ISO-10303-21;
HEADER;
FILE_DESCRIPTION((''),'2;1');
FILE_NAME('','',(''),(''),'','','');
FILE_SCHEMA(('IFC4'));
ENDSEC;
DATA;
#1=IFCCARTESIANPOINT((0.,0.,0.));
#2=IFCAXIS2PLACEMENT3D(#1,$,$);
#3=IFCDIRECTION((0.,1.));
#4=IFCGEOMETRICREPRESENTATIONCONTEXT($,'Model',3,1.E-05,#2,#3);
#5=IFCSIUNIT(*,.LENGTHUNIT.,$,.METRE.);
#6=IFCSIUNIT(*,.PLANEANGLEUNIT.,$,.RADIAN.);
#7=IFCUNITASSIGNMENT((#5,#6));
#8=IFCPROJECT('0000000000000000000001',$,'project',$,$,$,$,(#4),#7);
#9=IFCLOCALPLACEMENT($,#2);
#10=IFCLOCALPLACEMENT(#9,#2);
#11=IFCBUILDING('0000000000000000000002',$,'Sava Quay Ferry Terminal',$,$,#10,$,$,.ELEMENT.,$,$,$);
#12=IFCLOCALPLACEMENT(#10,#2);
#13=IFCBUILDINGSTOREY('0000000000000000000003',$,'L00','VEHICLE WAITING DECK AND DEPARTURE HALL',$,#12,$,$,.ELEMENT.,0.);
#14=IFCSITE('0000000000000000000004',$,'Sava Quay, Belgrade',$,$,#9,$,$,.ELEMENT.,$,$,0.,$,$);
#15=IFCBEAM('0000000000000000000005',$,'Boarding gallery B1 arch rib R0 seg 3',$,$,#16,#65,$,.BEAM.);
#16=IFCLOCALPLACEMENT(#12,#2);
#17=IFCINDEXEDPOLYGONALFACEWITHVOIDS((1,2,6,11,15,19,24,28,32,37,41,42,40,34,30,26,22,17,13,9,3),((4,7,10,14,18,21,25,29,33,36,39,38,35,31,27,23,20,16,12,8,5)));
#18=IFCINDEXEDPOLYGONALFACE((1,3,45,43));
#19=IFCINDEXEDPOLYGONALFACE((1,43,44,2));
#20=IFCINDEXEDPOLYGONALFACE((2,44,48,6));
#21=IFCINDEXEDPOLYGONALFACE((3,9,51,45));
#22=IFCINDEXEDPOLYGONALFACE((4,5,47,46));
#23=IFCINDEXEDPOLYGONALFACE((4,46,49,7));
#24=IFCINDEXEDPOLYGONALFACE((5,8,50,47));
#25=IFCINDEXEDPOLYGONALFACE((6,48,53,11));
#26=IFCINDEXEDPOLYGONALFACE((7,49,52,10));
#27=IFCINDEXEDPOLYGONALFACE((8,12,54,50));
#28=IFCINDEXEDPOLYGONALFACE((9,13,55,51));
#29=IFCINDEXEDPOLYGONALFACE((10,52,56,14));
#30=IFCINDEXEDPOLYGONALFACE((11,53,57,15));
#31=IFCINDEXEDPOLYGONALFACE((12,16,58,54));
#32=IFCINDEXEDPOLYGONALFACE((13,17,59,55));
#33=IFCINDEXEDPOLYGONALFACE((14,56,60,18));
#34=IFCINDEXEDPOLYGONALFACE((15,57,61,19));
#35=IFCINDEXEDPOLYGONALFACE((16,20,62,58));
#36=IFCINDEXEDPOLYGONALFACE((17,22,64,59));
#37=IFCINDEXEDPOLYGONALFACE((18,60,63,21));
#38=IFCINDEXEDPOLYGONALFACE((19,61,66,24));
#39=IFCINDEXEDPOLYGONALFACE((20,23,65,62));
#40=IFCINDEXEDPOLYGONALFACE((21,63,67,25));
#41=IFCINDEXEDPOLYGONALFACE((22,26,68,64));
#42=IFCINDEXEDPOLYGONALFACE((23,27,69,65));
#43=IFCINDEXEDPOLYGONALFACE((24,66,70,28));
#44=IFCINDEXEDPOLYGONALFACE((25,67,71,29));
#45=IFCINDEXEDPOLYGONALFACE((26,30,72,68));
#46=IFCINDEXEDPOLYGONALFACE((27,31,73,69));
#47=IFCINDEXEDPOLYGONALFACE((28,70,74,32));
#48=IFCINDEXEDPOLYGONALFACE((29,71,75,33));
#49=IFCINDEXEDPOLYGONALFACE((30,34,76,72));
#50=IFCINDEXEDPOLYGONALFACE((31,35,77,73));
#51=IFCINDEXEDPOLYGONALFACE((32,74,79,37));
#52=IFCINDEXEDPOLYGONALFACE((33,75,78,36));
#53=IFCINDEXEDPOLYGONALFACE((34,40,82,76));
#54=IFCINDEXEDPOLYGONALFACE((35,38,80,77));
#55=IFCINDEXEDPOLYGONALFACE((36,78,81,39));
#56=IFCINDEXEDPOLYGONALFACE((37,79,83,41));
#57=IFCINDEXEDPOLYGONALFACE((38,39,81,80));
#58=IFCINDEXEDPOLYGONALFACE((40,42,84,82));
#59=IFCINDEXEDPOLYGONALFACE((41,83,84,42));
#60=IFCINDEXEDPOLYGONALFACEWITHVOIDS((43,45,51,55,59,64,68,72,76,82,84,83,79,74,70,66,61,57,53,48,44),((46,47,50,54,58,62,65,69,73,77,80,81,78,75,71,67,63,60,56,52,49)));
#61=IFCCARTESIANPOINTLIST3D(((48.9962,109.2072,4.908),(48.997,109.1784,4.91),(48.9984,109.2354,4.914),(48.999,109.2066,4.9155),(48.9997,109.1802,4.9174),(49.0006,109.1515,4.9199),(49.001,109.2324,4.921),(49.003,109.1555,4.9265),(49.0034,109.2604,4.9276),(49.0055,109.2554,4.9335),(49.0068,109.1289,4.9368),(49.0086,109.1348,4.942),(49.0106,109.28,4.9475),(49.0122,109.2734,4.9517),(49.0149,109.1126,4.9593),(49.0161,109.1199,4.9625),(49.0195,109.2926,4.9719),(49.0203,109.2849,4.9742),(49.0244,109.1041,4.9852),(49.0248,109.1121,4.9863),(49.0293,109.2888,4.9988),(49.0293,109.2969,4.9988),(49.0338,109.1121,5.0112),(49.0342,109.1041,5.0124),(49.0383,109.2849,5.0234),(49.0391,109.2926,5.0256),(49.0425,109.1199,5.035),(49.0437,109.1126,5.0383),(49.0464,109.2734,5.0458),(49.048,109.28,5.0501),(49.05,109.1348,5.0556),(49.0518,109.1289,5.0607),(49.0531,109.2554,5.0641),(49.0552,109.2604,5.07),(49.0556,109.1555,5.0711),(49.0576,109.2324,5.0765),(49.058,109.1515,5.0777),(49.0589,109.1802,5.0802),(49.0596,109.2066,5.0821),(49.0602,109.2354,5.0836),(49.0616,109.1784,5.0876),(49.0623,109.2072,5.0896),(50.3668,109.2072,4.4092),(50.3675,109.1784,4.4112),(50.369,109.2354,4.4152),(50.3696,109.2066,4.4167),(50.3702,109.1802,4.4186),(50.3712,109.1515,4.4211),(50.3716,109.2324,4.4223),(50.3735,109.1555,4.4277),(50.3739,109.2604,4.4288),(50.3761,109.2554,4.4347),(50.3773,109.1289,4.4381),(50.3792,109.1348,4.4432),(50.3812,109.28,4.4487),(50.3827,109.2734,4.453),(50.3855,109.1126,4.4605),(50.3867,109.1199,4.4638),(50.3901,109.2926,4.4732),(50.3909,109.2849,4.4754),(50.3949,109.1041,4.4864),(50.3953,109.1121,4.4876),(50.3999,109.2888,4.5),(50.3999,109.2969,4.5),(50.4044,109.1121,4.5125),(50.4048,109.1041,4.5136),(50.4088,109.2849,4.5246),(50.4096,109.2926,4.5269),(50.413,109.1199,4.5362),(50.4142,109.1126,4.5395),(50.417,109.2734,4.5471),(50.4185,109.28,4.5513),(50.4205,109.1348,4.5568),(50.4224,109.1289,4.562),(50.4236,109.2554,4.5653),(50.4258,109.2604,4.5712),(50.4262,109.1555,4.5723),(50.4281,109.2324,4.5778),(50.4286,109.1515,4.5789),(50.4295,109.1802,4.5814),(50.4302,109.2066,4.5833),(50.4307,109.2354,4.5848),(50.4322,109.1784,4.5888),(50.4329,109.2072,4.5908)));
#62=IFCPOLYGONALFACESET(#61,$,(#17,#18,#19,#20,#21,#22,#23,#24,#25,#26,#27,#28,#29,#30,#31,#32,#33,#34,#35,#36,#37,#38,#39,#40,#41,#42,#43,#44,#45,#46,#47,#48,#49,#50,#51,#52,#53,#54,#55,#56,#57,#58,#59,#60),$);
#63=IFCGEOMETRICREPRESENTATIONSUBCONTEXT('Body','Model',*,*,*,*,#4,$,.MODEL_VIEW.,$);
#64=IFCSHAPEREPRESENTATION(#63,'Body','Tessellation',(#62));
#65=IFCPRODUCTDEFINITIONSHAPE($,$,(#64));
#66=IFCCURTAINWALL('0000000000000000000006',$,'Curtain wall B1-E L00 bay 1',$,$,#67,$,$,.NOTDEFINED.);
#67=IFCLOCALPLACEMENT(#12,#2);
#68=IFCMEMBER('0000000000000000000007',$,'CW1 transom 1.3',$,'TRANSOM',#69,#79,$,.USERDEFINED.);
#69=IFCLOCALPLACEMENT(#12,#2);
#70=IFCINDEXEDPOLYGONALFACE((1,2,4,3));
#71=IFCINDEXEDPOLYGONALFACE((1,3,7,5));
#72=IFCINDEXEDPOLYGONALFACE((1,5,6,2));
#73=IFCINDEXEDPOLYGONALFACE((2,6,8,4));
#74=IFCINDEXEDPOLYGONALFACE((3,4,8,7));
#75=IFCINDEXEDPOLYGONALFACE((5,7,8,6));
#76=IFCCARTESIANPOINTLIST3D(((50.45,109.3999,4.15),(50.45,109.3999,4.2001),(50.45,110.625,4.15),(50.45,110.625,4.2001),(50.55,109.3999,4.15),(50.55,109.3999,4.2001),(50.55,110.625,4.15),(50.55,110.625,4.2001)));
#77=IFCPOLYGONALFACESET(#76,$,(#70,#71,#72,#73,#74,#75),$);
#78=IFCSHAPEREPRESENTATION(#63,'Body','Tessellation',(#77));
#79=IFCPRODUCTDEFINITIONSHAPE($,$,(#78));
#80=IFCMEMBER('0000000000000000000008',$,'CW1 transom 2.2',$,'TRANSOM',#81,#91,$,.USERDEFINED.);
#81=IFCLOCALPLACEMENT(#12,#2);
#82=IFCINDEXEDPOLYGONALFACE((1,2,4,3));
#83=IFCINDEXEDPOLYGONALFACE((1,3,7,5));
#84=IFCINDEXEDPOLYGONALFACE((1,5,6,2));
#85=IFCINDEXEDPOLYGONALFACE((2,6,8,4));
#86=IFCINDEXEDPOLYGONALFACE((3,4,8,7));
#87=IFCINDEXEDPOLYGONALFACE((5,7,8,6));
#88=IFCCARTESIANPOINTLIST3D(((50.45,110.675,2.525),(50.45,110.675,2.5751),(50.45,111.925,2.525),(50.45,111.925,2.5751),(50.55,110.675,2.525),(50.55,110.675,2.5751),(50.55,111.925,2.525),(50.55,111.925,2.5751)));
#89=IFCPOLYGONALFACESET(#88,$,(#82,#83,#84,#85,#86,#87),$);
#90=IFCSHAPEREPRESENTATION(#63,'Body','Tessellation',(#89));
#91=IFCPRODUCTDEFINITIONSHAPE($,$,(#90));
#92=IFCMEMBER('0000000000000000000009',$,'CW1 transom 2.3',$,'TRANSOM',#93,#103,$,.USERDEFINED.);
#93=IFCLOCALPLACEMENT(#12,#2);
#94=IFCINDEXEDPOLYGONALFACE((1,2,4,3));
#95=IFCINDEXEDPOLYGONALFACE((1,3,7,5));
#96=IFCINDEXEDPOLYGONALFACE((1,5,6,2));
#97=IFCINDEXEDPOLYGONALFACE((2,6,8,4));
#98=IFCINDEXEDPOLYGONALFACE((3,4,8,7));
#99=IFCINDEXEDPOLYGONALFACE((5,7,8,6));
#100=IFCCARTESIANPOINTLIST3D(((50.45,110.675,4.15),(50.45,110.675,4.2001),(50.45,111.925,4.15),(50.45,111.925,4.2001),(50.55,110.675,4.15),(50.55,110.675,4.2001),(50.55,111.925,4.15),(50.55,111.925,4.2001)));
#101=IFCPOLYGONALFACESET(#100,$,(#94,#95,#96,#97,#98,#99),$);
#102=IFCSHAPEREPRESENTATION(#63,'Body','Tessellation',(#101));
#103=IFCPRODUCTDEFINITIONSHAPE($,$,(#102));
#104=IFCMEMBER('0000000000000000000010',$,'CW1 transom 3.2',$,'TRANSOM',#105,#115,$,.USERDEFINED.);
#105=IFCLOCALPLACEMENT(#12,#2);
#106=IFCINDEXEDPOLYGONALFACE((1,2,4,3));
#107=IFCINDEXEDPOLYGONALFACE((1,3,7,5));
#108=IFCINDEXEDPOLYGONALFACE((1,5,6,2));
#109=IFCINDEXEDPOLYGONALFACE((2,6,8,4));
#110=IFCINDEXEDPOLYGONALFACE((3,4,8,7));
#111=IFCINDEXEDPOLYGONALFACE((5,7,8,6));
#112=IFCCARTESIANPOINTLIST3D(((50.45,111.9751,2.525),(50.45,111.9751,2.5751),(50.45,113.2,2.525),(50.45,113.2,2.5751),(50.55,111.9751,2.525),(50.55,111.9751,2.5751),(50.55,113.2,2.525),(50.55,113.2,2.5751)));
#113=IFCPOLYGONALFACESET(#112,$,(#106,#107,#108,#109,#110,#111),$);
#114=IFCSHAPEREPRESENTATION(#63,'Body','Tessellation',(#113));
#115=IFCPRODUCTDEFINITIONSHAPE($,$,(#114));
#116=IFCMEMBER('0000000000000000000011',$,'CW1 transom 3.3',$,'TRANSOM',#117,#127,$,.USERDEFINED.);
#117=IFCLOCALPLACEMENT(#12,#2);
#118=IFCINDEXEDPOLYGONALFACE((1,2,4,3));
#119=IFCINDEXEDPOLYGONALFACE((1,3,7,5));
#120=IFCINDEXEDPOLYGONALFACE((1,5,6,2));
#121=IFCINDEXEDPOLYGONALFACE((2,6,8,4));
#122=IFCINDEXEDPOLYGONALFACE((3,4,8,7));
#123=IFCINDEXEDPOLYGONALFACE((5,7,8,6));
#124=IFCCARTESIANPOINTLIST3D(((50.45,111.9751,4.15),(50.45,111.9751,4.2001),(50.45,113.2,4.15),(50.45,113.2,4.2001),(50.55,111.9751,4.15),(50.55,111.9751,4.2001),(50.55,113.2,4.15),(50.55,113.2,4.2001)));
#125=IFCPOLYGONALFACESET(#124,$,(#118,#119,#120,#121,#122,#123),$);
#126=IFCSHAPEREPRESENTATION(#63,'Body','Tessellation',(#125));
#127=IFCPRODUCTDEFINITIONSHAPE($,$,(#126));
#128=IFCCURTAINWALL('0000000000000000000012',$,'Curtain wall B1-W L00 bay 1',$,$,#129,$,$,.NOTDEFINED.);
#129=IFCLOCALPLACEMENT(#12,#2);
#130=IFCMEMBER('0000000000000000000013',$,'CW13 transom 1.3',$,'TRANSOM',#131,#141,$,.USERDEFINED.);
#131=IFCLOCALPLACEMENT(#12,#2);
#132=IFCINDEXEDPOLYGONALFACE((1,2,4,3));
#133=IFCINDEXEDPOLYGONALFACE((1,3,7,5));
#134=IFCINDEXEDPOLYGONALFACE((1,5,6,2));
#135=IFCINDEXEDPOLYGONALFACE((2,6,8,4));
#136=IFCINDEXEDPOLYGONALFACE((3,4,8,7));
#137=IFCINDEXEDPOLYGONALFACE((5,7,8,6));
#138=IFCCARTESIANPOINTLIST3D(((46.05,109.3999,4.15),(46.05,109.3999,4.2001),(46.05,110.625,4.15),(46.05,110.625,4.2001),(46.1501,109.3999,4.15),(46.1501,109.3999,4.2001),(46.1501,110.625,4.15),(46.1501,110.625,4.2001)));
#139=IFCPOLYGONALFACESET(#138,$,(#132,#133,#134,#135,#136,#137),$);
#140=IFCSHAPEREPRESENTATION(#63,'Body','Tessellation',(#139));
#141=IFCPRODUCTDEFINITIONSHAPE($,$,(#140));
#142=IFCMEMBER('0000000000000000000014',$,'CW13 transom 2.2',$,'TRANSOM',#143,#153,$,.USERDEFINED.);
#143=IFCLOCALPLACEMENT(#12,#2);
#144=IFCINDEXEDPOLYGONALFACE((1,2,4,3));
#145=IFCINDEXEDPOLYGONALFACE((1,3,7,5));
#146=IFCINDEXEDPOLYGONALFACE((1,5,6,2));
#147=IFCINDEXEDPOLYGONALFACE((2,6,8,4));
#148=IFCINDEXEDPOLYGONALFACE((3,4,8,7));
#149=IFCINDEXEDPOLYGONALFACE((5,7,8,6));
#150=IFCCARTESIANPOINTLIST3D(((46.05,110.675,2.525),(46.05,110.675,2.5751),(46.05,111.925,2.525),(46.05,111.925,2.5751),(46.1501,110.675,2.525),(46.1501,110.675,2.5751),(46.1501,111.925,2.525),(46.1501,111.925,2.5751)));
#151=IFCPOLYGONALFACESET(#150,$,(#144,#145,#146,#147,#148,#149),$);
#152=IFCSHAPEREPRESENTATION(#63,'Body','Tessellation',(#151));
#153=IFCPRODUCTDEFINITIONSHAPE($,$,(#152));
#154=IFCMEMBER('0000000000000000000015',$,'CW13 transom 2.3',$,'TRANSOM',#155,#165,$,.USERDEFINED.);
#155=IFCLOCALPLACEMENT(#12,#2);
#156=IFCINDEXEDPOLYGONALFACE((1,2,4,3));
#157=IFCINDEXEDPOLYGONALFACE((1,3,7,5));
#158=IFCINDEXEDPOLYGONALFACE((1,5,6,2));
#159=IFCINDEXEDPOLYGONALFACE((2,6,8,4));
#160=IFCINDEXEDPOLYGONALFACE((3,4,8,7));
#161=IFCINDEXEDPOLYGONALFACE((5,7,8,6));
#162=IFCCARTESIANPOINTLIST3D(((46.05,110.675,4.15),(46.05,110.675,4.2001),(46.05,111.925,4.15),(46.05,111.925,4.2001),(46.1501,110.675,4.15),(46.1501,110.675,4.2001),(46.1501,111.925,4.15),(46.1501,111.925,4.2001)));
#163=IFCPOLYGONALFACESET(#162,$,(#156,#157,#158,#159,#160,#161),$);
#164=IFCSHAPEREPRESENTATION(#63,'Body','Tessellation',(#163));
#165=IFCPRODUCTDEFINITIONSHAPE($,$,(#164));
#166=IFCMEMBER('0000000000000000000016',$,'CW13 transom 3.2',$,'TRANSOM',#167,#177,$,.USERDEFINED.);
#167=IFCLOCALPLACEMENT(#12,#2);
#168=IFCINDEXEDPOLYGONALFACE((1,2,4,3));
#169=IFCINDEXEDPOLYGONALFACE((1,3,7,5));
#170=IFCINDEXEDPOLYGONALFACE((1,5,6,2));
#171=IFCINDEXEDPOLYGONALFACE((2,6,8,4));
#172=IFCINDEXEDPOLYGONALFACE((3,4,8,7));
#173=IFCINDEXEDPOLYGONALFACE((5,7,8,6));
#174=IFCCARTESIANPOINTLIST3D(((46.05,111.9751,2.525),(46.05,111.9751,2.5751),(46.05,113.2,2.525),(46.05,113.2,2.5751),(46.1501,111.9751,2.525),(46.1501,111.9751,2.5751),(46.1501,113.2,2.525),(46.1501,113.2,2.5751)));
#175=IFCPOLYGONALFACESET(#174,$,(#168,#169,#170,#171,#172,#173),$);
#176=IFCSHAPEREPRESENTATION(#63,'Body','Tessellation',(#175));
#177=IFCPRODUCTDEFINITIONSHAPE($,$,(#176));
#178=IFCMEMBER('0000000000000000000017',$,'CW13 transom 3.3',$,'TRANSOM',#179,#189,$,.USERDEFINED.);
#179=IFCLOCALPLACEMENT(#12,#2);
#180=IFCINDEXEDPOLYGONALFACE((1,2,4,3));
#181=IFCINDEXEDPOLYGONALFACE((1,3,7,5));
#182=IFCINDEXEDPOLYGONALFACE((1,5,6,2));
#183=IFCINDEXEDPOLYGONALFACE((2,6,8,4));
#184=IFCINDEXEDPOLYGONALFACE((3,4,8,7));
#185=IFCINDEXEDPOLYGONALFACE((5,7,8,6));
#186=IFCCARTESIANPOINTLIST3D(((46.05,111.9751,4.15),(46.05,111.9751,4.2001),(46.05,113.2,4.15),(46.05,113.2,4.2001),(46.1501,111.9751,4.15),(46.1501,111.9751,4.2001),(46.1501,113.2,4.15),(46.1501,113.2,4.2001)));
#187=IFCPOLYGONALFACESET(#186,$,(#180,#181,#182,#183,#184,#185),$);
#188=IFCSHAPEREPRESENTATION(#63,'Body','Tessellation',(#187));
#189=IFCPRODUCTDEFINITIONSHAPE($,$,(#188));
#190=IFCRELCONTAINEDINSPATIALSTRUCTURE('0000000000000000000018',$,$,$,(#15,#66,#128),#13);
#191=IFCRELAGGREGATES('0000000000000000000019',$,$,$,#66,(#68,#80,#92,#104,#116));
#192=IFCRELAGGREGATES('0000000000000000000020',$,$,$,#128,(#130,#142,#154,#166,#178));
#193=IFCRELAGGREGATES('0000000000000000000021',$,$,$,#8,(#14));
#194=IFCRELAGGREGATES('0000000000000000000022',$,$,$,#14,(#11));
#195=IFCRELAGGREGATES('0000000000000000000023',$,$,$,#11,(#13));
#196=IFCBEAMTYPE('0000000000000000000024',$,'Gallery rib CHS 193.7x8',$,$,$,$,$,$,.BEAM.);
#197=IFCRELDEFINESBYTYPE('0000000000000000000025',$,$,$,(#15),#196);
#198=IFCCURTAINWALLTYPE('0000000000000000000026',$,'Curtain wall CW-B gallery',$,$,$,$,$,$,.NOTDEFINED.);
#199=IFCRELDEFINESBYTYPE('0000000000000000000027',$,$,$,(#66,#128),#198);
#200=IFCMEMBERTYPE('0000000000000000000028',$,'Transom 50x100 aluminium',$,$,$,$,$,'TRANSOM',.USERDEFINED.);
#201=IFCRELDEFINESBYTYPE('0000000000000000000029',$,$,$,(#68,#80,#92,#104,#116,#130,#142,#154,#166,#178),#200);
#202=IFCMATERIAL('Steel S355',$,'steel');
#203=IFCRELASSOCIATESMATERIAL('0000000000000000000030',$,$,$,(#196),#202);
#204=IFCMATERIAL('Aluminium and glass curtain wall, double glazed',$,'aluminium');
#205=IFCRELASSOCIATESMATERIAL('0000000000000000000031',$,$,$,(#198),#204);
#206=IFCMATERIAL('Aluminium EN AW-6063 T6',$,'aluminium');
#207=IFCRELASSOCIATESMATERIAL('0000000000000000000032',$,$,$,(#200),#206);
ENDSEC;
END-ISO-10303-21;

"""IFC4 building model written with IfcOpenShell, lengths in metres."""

from ifc_helpers import new_model, si_unit, direction, frame, origin, origin_2d, place, context, subcontext, project, spatial, rectangle, hollow_circle, extrude, material, material_profile, profile_set, type_object, element, aggregate, save


model = new_model("IFC4")

# Units and contexts
model_context = context("Model", 3, precision=1e-05, world=origin(), true_north=direction((0.0, 1.0)))
body_context = subcontext(model_context, "Body", "Model", "MODEL_VIEW")
ifc_project = project(units=[si_unit("LENGTHUNIT", "METRE"), si_unit("PLANEANGLEUNIT", "RADIAN")], contexts=[model_context])

# Site, building, storey
site_placement = place(None, origin())
site = spatial("IfcSite", under=ifc_project, at=site_placement, Name="Sava Quay, Belgrade", CompositionType="ELEMENT", RefElevation=0.0)
building_placement = place(site_placement, origin())
building = spatial("IfcBuilding", under=site, at=building_placement, Name="Sava Quay Ferry Terminal", CompositionType="ELEMENT")
storey_placement = place(building_placement, origin())
storey = spatial("IfcBuildingStorey", under=building, at=storey_placement, Name="L00", Description="VEHICLE WAITING DECK AND DEPARTURE HALL", CompositionType="ELEMENT", Elevation=0.0)

# Beam
ifc_material_1 = material(Name="Steel S355", Category="steel")
ifc_material_profile_1 = material_profile(ifc_material_1, hollow_circle(Radius=0.0969, WallThickness=0.0081, at=origin_2d()), Name="CHS 193.7 x 8.0")
ifc_profile_set_1 = profile_set([ifc_material_profile_1], Name="Steel S355")
beam_type_1 = type_object("IfcBeamType", Name="Gallery rib CHS 193.7x8", PredefinedType="BEAM", material=ifc_profile_set_1)
beam_1_placement = place(storey_placement, frame((49.0293, 109.2, 4.9988), z_axis=(0.93971, 0.0, -0.341972), x_axis=(0.0, 1.0, 0.0)))
element("IfcBeam", 1, at=beam_1_placement, inside=storey, type_object=beam_type_1, Name="Boarding gallery B1 arch rib R0 seg 3", PredefinedType="BEAM", context=body_context, shape_type="SweptSolid", body=[
    extrude(hollow_circle(Radius=0.0969, WallThickness=0.0081, at=origin_2d()), origin(), (0.0, 0.0, 1.0), 1.4585),
])

# Curtain walls, members
ifc_material_2 = material(Name="Aluminium and glass curtain wall, double glazed", Category="aluminium")
curtain_wall_type = type_object("IfcCurtainWallType", Name="Curtain wall CW-B gallery", PredefinedType="NOTDEFINED", material=ifc_material_2)
curtain_wall_1_placement = place(storey_placement, origin())
curtain_wall_1 = element("IfcCurtainWall", 2, at=curtain_wall_1_placement, inside=storey, type_object=curtain_wall_type, Name="Curtain wall B1-E L00 bay 1", PredefinedType="NOTDEFINED")
ifc_material_3 = material(Name="Aluminium EN AW-6063 T6", Category="aluminium")
ifc_material_profile_2 = material_profile(ifc_material_3, rectangle(XDim=0.1001, YDim=0.05, at=origin_2d()), Name="Transom 50x100 aluminium")
ifc_profile_set_2 = profile_set([ifc_material_profile_2], Name="Aluminium EN AW-6063 T6")
member_type_1 = type_object("IfcMemberType", Name="Transom 50x100 aluminium", ElementType="TRANSOM", PredefinedType="USERDEFINED", material=ifc_profile_set_2)
member_1_placement = place(storey_placement, frame((50.5, 109.3999, 4.175), z_axis=(0.0, 1.0, 0.0), x_axis=(-1.0, 0.0, 0.0)))
member_1 = element("IfcMember", 3, at=member_1_placement, type_object=member_type_1, Name="CW1 transom 1.3", ObjectType="TRANSOM", PredefinedType="USERDEFINED", context=body_context, shape_type="SweptSolid", body=[
    extrude(rectangle(XDim=0.1001, YDim=0.05, at=origin_2d()), origin(), (0.0, 0.0, 1.0), 1.2251),
])
member_2_placement = place(storey_placement, frame((50.5, 110.675, 2.55), z_axis=(0.0, 1.0, 0.0), x_axis=(-1.0, 0.0, 0.0)))
member_2 = element("IfcMember", 4, at=member_2_placement, type_object=member_type_1, Name="CW1 transom 2.2", ObjectType="TRANSOM", PredefinedType="USERDEFINED", context=body_context, shape_type="SweptSolid", body=[
    extrude(rectangle(XDim=0.1001, YDim=0.05, at=origin_2d()), origin(), (0.0, 0.0, 1.0), 1.25),
])
member_3_placement = place(storey_placement, frame((50.5, 110.675, 4.175), z_axis=(0.0, 1.0, 0.0), x_axis=(-1.0, 0.0, 0.0)))
member_3 = element("IfcMember", 5, at=member_3_placement, type_object=member_type_1, Name="CW1 transom 2.3", ObjectType="TRANSOM", PredefinedType="USERDEFINED", context=body_context, shape_type="SweptSolid", body=[
    extrude(rectangle(XDim=0.1001, YDim=0.05, at=origin_2d()), origin(), (0.0, 0.0, 1.0), 1.25),
])
member_4_placement = place(storey_placement, frame((50.5, 111.9751, 2.55), z_axis=(0.0, 1.0, 0.0), x_axis=(-1.0, 0.0, 0.0)))
member_4 = element("IfcMember", 6, at=member_4_placement, type_object=member_type_1, Name="CW1 transom 3.2", ObjectType="TRANSOM", PredefinedType="USERDEFINED", context=body_context, shape_type="SweptSolid", body=[
    extrude(rectangle(XDim=0.1001, YDim=0.05, at=origin_2d()), origin(), (0.0, 0.0, 1.0), 1.2249),
])
member_5_placement = place(storey_placement, frame((50.5, 111.9751, 4.175), z_axis=(0.0, 1.0, 0.0), x_axis=(-1.0, 0.0, 0.0)))
member_5 = element("IfcMember", 7, at=member_5_placement, type_object=member_type_1, Name="CW1 transom 3.3", ObjectType="TRANSOM", PredefinedType="USERDEFINED", context=body_context, shape_type="SweptSolid", body=[
    extrude(rectangle(XDim=0.1001, YDim=0.05, at=origin_2d()), origin(), (0.0, 0.0, 1.0), 1.2249),
])
curtain_wall_2_placement = place(storey_placement, origin())
curtain_wall_2 = element("IfcCurtainWall", 8, at=curtain_wall_2_placement, inside=storey, type_object=curtain_wall_type, Name="Curtain wall B1-W L00 bay 1", PredefinedType="NOTDEFINED")
member_6_placement = place(storey_placement, frame((46.1001, 109.3999, 4.175), z_axis=(0.0, 1.0, 0.0), x_axis=(-1.0, 0.0, 0.0)))
member_6 = element("IfcMember", 9, at=member_6_placement, type_object=member_type_1, Name="CW13 transom 1.3", ObjectType="TRANSOM", PredefinedType="USERDEFINED", context=body_context, shape_type="SweptSolid", body=[
    extrude(rectangle(XDim=0.1001, YDim=0.05, at=origin_2d()), origin(), (0.0, 0.0, 1.0), 1.2251),
])
member_7_placement = place(storey_placement, frame((46.1001, 110.675, 2.55), z_axis=(0.0, 1.0, 0.0), x_axis=(-1.0, 0.0, 0.0)))
member_7 = element("IfcMember", 10, at=member_7_placement, type_object=member_type_1, Name="CW13 transom 2.2", ObjectType="TRANSOM", PredefinedType="USERDEFINED", context=body_context, shape_type="SweptSolid", body=[
    extrude(rectangle(XDim=0.1001, YDim=0.05, at=origin_2d()), origin(), (0.0, 0.0, 1.0), 1.25),
])
member_8_placement = place(storey_placement, frame((46.1001, 110.675, 4.175), z_axis=(0.0, 1.0, 0.0), x_axis=(-1.0, 0.0, 0.0)))
member_8 = element("IfcMember", 11, at=member_8_placement, type_object=member_type_1, Name="CW13 transom 2.3", ObjectType="TRANSOM", PredefinedType="USERDEFINED", context=body_context, shape_type="SweptSolid", body=[
    extrude(rectangle(XDim=0.1001, YDim=0.05, at=origin_2d()), origin(), (0.0, 0.0, 1.0), 1.25),
])
member_9_placement = place(storey_placement, frame((46.1001, 111.9751, 2.55), z_axis=(0.0, 1.0, 0.0), x_axis=(-1.0, 0.0, 0.0)))
member_9 = element("IfcMember", 12, at=member_9_placement, type_object=member_type_1, Name="CW13 transom 3.2", ObjectType="TRANSOM", PredefinedType="USERDEFINED", context=body_context, shape_type="SweptSolid", body=[
    extrude(rectangle(XDim=0.1001, YDim=0.05, at=origin_2d()), origin(), (0.0, 0.0, 1.0), 1.2249),
])
member_10_placement = place(storey_placement, frame((46.1001, 111.9751, 4.175), z_axis=(0.0, 1.0, 0.0), x_axis=(-1.0, 0.0, 0.0)))
member_10 = element("IfcMember", 13, at=member_10_placement, type_object=member_type_1, Name="CW13 transom 3.3", ObjectType="TRANSOM", PredefinedType="USERDEFINED", context=body_context, shape_type="SweptSolid", body=[
    extrude(rectangle(XDim=0.1001, YDim=0.05, at=origin_2d()), origin(), (0.0, 0.0, 1.0), 1.2249),
])

aggregate(curtain_wall_1, [member_1, member_2, member_3, member_4, member_5])
aggregate(curtain_wall_2, [member_6, member_7, member_8, member_9, member_10])

save(model, "model.ifc")
